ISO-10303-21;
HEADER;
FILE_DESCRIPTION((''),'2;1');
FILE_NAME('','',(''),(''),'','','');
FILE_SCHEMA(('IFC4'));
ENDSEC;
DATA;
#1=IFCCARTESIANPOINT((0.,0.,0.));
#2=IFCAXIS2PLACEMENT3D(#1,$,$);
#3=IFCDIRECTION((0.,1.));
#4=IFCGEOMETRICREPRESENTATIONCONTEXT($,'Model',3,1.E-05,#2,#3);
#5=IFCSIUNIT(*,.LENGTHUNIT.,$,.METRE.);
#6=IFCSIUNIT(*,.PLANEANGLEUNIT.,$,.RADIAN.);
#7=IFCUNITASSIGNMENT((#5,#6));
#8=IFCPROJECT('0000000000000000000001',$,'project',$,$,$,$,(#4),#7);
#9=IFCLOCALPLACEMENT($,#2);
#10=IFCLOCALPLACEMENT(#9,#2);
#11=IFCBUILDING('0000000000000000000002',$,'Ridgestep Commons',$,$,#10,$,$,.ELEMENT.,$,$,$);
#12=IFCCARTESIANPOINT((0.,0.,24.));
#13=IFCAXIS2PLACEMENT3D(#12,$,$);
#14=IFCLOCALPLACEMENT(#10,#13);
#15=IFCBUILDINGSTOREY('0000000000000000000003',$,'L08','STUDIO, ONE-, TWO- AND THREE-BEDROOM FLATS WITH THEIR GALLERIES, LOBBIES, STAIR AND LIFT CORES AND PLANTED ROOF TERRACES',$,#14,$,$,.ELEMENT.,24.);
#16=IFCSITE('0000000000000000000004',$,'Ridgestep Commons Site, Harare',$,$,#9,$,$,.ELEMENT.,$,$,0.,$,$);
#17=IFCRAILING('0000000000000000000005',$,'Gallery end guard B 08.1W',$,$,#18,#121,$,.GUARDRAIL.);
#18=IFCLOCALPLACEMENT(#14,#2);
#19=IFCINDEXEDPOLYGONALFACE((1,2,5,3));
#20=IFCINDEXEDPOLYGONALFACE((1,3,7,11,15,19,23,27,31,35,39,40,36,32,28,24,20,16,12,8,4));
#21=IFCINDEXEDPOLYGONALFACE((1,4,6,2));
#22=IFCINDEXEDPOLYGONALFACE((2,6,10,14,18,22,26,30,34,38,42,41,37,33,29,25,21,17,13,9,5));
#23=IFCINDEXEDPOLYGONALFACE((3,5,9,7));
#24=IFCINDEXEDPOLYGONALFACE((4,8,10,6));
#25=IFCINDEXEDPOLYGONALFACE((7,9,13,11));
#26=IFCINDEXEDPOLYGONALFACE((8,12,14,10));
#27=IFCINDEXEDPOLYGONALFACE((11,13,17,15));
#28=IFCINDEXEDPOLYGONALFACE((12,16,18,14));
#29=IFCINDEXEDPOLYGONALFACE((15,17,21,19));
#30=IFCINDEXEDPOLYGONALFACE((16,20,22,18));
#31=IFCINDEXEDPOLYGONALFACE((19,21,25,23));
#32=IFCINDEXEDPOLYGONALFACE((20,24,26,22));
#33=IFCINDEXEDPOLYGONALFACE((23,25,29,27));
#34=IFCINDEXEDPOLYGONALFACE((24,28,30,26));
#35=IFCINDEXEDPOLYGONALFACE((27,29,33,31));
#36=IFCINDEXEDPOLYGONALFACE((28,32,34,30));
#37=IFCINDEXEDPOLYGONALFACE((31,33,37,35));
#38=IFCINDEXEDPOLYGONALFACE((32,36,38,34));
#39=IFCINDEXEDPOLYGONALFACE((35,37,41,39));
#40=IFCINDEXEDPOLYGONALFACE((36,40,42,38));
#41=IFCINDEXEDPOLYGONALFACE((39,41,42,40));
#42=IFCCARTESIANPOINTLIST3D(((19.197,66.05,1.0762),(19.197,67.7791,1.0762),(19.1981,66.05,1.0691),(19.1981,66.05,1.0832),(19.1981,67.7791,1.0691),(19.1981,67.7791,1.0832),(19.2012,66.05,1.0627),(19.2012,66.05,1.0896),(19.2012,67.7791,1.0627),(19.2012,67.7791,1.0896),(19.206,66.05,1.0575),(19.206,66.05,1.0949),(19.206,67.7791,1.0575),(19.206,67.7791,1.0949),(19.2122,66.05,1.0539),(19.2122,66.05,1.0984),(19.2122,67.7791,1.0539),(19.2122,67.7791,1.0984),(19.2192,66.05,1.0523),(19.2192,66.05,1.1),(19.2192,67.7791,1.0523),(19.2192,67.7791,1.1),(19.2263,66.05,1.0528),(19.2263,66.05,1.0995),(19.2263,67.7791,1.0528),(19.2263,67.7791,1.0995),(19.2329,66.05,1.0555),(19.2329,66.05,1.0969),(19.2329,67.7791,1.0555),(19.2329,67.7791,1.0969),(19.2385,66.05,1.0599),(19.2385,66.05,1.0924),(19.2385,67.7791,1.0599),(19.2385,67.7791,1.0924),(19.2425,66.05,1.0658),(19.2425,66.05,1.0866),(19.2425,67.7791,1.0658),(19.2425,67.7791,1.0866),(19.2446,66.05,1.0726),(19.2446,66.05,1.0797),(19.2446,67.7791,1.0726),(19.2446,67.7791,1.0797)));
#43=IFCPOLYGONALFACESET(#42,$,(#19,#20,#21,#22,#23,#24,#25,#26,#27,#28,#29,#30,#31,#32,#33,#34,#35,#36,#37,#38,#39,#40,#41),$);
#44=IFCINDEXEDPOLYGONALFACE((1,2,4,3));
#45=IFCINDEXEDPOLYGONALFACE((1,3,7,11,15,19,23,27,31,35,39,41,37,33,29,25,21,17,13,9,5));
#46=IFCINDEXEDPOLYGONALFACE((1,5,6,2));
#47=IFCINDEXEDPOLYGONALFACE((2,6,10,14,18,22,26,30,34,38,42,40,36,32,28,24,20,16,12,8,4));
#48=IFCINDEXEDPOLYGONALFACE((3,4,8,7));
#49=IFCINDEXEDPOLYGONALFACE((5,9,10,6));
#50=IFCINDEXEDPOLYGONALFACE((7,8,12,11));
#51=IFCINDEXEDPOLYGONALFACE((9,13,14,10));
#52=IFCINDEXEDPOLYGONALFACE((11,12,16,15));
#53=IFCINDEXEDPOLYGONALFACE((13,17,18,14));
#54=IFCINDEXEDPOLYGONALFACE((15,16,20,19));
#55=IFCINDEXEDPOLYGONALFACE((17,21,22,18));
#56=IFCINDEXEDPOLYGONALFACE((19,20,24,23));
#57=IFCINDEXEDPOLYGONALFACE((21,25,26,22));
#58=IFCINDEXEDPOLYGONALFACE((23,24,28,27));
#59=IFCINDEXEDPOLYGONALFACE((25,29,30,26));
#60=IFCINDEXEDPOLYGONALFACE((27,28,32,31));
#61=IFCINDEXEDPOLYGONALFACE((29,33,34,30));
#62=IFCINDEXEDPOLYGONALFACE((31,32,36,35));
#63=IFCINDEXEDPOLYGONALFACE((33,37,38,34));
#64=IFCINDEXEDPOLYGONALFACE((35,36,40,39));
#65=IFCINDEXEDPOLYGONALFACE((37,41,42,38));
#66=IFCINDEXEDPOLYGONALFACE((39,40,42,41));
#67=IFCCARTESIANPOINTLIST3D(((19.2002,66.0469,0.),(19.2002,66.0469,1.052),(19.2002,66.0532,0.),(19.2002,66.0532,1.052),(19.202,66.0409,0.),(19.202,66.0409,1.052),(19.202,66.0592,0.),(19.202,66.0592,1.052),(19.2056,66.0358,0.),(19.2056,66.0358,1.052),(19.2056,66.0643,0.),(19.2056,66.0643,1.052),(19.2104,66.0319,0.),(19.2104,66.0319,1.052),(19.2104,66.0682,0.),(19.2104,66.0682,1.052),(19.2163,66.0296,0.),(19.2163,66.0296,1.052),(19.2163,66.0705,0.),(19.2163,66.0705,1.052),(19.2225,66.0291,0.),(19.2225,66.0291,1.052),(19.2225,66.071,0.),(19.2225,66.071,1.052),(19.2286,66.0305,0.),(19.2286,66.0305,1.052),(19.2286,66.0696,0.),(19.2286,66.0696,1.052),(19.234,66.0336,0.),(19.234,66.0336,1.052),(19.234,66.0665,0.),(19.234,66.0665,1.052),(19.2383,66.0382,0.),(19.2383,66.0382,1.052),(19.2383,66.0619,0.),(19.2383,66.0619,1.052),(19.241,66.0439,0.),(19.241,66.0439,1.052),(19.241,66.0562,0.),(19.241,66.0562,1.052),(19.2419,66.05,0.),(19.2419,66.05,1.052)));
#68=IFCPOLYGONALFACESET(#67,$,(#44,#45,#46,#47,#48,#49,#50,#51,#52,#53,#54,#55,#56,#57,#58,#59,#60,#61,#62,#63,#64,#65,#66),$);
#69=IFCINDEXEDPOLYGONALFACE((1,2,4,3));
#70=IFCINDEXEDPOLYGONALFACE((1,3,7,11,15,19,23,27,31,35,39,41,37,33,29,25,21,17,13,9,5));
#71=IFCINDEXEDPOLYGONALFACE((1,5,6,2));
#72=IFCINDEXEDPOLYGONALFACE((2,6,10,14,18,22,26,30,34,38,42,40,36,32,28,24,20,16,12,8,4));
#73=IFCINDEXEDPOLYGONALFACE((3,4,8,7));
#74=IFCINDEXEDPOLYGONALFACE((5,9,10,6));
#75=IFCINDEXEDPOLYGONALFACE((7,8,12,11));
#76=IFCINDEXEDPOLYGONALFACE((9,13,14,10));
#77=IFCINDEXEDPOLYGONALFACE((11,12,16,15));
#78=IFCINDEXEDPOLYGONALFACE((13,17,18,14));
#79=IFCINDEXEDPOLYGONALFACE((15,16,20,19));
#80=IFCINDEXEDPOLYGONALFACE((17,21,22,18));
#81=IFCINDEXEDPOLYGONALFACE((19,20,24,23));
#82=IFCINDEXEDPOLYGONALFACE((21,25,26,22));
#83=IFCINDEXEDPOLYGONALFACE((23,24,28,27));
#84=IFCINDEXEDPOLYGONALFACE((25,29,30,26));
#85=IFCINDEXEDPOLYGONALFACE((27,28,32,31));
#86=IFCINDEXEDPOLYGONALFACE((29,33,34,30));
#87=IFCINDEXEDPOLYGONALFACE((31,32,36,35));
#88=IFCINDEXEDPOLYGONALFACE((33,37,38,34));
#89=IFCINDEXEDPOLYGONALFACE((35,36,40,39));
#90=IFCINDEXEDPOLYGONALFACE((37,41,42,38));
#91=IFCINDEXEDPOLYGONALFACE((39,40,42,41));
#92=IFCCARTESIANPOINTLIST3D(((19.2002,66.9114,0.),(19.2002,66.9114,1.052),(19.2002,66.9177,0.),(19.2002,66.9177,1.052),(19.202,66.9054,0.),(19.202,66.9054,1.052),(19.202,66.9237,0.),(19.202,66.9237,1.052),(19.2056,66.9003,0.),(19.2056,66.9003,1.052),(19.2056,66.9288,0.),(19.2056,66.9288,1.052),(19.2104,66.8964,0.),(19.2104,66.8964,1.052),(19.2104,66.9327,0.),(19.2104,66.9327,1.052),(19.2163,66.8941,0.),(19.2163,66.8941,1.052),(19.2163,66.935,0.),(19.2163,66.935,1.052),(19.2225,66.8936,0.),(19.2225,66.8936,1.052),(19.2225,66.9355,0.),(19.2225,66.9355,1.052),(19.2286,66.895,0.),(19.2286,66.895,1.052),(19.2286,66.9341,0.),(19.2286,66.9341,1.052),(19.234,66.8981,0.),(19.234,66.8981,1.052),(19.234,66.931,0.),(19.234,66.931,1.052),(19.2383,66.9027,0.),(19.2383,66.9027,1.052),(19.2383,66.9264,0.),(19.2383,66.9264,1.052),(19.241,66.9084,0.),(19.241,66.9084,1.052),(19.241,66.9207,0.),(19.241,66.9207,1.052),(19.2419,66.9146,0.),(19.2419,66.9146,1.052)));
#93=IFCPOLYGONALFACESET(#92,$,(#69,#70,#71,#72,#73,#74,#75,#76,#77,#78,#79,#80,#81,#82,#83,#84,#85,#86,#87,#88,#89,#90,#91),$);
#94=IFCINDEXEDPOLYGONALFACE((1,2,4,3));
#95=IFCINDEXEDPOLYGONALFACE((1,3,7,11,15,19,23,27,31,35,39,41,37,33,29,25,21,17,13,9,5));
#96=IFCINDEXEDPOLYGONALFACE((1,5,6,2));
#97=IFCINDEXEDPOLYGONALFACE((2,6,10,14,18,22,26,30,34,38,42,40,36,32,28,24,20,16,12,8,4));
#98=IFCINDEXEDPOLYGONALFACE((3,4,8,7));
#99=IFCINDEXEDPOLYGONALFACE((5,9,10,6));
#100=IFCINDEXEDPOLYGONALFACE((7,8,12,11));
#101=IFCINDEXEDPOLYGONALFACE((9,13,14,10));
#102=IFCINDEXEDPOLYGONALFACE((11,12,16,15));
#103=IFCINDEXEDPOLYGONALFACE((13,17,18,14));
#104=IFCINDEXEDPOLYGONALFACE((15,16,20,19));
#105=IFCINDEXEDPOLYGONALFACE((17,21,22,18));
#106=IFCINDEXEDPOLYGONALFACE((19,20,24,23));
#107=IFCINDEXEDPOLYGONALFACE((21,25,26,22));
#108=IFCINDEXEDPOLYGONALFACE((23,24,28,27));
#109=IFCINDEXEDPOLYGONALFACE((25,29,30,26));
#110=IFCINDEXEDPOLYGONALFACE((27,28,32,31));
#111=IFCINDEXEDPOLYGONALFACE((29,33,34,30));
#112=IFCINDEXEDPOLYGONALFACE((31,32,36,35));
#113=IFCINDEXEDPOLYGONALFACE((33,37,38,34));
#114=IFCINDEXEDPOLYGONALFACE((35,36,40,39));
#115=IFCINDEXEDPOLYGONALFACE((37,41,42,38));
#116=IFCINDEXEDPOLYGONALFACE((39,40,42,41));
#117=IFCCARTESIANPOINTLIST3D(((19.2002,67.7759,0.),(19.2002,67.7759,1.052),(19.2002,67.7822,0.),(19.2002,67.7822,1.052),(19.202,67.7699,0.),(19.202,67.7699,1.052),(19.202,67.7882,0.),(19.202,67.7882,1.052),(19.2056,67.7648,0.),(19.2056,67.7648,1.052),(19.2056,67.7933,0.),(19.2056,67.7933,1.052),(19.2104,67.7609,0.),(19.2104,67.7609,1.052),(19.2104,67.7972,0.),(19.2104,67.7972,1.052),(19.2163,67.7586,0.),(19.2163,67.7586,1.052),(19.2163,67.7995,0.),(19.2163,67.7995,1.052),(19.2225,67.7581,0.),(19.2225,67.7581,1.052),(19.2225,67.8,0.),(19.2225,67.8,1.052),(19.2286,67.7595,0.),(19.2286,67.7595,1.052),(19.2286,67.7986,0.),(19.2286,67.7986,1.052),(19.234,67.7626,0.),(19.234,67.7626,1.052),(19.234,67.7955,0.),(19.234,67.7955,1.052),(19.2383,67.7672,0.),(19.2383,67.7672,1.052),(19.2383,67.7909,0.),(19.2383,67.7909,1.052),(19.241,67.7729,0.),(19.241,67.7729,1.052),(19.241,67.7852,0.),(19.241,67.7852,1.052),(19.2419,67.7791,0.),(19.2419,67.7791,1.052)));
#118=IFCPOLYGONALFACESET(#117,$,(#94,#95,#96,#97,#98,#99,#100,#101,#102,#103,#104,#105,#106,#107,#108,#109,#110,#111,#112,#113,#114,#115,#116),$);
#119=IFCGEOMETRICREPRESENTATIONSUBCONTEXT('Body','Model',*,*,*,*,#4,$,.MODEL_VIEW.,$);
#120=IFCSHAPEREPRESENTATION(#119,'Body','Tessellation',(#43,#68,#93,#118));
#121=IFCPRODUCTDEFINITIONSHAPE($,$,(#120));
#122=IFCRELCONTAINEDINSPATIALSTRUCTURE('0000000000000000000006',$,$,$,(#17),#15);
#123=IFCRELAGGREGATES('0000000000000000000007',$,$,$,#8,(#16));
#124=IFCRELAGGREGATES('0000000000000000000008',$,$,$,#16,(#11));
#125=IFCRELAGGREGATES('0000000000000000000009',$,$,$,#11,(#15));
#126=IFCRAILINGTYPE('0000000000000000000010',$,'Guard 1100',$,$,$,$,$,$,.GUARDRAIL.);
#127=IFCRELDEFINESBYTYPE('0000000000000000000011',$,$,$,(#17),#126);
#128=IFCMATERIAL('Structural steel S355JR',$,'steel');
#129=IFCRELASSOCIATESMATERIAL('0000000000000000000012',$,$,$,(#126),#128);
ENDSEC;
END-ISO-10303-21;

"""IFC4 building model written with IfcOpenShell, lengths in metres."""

from ifc_helpers import new_model, si_unit, direction, frame, origin, origin_2d, place, context, subcontext, project, spatial, circle, extrude, material, type_object, element, save


model = new_model("IFC4")

# Units and contexts
model_context = context("Model", 3, precision=1e-05, world=origin(), true_north=direction((0.0, 1.0)))
body_context = subcontext(model_context, "Body", "Model", "MODEL_VIEW")
ifc_project = project(units=[si_unit("LENGTHUNIT", "METRE"), si_unit("PLANEANGLEUNIT", "RADIAN")], contexts=[model_context])

# Site, building, storey
site_placement = place(None, origin())
site = spatial("IfcSite", under=ifc_project, at=site_placement, Name="Ridgestep Commons Site, Harare", CompositionType="ELEMENT", RefElevation=0.0)
building_placement = place(site_placement, origin())
building = spatial("IfcBuilding", under=site, at=building_placement, Name="Ridgestep Commons", CompositionType="ELEMENT")
storey_placement = place(building_placement, frame((0.0, 0.0, 24.0)))
storey = spatial("IfcBuildingStorey", under=building, at=storey_placement, Name="L08", Description="STUDIO, ONE-, TWO- AND THREE-BEDROOM FLATS WITH THEIR GALLERIES, LOBBIES, STAIR AND LIFT CORES AND PLANTED ROOF TERRACES", CompositionType="ELEMENT", Elevation=24.0)

# Railing
ifc_material_1 = material(Name="Structural steel S355JR", Category="steel")
railing_type_1 = type_object("IfcRailingType", Name="Guard 1100", PredefinedType="GUARDRAIL", material=ifc_material_1)
railing_1_placement = place(storey_placement, frame((19.2209, 66.05, 0.0)))
element("IfcRailing", 1, at=railing_1_placement, inside=storey, type_object=railing_type_1, Name="Gallery end guard B 08.1W", PredefinedType="GUARDRAIL", context=body_context, shape_type="SweptSolid", body=[
    extrude(circle(Radius=0.0239, at=origin_2d()), frame((0.0, 0.0, 1.0762), z_axis=(0.0, 1.0, 0.0), x_axis=(-1.0, 0.0, 0.0)), (0.0, 0.0, 1.0), 1.729),
    extrude(circle(Radius=0.021, at=origin_2d()), origin(), (0.0, 0.0, 1.0), 1.052),
    extrude(circle(Radius=0.021, at=origin_2d()), frame((0.0, 0.8645, 0.0)), (0.0, 0.0, 1.0), 1.052),
    extrude(circle(Radius=0.021, at=origin_2d()), frame((0.0, 1.729, 0.0)), (0.0, 0.0, 1.0), 1.052),
])

save(model, "model.ifc")
